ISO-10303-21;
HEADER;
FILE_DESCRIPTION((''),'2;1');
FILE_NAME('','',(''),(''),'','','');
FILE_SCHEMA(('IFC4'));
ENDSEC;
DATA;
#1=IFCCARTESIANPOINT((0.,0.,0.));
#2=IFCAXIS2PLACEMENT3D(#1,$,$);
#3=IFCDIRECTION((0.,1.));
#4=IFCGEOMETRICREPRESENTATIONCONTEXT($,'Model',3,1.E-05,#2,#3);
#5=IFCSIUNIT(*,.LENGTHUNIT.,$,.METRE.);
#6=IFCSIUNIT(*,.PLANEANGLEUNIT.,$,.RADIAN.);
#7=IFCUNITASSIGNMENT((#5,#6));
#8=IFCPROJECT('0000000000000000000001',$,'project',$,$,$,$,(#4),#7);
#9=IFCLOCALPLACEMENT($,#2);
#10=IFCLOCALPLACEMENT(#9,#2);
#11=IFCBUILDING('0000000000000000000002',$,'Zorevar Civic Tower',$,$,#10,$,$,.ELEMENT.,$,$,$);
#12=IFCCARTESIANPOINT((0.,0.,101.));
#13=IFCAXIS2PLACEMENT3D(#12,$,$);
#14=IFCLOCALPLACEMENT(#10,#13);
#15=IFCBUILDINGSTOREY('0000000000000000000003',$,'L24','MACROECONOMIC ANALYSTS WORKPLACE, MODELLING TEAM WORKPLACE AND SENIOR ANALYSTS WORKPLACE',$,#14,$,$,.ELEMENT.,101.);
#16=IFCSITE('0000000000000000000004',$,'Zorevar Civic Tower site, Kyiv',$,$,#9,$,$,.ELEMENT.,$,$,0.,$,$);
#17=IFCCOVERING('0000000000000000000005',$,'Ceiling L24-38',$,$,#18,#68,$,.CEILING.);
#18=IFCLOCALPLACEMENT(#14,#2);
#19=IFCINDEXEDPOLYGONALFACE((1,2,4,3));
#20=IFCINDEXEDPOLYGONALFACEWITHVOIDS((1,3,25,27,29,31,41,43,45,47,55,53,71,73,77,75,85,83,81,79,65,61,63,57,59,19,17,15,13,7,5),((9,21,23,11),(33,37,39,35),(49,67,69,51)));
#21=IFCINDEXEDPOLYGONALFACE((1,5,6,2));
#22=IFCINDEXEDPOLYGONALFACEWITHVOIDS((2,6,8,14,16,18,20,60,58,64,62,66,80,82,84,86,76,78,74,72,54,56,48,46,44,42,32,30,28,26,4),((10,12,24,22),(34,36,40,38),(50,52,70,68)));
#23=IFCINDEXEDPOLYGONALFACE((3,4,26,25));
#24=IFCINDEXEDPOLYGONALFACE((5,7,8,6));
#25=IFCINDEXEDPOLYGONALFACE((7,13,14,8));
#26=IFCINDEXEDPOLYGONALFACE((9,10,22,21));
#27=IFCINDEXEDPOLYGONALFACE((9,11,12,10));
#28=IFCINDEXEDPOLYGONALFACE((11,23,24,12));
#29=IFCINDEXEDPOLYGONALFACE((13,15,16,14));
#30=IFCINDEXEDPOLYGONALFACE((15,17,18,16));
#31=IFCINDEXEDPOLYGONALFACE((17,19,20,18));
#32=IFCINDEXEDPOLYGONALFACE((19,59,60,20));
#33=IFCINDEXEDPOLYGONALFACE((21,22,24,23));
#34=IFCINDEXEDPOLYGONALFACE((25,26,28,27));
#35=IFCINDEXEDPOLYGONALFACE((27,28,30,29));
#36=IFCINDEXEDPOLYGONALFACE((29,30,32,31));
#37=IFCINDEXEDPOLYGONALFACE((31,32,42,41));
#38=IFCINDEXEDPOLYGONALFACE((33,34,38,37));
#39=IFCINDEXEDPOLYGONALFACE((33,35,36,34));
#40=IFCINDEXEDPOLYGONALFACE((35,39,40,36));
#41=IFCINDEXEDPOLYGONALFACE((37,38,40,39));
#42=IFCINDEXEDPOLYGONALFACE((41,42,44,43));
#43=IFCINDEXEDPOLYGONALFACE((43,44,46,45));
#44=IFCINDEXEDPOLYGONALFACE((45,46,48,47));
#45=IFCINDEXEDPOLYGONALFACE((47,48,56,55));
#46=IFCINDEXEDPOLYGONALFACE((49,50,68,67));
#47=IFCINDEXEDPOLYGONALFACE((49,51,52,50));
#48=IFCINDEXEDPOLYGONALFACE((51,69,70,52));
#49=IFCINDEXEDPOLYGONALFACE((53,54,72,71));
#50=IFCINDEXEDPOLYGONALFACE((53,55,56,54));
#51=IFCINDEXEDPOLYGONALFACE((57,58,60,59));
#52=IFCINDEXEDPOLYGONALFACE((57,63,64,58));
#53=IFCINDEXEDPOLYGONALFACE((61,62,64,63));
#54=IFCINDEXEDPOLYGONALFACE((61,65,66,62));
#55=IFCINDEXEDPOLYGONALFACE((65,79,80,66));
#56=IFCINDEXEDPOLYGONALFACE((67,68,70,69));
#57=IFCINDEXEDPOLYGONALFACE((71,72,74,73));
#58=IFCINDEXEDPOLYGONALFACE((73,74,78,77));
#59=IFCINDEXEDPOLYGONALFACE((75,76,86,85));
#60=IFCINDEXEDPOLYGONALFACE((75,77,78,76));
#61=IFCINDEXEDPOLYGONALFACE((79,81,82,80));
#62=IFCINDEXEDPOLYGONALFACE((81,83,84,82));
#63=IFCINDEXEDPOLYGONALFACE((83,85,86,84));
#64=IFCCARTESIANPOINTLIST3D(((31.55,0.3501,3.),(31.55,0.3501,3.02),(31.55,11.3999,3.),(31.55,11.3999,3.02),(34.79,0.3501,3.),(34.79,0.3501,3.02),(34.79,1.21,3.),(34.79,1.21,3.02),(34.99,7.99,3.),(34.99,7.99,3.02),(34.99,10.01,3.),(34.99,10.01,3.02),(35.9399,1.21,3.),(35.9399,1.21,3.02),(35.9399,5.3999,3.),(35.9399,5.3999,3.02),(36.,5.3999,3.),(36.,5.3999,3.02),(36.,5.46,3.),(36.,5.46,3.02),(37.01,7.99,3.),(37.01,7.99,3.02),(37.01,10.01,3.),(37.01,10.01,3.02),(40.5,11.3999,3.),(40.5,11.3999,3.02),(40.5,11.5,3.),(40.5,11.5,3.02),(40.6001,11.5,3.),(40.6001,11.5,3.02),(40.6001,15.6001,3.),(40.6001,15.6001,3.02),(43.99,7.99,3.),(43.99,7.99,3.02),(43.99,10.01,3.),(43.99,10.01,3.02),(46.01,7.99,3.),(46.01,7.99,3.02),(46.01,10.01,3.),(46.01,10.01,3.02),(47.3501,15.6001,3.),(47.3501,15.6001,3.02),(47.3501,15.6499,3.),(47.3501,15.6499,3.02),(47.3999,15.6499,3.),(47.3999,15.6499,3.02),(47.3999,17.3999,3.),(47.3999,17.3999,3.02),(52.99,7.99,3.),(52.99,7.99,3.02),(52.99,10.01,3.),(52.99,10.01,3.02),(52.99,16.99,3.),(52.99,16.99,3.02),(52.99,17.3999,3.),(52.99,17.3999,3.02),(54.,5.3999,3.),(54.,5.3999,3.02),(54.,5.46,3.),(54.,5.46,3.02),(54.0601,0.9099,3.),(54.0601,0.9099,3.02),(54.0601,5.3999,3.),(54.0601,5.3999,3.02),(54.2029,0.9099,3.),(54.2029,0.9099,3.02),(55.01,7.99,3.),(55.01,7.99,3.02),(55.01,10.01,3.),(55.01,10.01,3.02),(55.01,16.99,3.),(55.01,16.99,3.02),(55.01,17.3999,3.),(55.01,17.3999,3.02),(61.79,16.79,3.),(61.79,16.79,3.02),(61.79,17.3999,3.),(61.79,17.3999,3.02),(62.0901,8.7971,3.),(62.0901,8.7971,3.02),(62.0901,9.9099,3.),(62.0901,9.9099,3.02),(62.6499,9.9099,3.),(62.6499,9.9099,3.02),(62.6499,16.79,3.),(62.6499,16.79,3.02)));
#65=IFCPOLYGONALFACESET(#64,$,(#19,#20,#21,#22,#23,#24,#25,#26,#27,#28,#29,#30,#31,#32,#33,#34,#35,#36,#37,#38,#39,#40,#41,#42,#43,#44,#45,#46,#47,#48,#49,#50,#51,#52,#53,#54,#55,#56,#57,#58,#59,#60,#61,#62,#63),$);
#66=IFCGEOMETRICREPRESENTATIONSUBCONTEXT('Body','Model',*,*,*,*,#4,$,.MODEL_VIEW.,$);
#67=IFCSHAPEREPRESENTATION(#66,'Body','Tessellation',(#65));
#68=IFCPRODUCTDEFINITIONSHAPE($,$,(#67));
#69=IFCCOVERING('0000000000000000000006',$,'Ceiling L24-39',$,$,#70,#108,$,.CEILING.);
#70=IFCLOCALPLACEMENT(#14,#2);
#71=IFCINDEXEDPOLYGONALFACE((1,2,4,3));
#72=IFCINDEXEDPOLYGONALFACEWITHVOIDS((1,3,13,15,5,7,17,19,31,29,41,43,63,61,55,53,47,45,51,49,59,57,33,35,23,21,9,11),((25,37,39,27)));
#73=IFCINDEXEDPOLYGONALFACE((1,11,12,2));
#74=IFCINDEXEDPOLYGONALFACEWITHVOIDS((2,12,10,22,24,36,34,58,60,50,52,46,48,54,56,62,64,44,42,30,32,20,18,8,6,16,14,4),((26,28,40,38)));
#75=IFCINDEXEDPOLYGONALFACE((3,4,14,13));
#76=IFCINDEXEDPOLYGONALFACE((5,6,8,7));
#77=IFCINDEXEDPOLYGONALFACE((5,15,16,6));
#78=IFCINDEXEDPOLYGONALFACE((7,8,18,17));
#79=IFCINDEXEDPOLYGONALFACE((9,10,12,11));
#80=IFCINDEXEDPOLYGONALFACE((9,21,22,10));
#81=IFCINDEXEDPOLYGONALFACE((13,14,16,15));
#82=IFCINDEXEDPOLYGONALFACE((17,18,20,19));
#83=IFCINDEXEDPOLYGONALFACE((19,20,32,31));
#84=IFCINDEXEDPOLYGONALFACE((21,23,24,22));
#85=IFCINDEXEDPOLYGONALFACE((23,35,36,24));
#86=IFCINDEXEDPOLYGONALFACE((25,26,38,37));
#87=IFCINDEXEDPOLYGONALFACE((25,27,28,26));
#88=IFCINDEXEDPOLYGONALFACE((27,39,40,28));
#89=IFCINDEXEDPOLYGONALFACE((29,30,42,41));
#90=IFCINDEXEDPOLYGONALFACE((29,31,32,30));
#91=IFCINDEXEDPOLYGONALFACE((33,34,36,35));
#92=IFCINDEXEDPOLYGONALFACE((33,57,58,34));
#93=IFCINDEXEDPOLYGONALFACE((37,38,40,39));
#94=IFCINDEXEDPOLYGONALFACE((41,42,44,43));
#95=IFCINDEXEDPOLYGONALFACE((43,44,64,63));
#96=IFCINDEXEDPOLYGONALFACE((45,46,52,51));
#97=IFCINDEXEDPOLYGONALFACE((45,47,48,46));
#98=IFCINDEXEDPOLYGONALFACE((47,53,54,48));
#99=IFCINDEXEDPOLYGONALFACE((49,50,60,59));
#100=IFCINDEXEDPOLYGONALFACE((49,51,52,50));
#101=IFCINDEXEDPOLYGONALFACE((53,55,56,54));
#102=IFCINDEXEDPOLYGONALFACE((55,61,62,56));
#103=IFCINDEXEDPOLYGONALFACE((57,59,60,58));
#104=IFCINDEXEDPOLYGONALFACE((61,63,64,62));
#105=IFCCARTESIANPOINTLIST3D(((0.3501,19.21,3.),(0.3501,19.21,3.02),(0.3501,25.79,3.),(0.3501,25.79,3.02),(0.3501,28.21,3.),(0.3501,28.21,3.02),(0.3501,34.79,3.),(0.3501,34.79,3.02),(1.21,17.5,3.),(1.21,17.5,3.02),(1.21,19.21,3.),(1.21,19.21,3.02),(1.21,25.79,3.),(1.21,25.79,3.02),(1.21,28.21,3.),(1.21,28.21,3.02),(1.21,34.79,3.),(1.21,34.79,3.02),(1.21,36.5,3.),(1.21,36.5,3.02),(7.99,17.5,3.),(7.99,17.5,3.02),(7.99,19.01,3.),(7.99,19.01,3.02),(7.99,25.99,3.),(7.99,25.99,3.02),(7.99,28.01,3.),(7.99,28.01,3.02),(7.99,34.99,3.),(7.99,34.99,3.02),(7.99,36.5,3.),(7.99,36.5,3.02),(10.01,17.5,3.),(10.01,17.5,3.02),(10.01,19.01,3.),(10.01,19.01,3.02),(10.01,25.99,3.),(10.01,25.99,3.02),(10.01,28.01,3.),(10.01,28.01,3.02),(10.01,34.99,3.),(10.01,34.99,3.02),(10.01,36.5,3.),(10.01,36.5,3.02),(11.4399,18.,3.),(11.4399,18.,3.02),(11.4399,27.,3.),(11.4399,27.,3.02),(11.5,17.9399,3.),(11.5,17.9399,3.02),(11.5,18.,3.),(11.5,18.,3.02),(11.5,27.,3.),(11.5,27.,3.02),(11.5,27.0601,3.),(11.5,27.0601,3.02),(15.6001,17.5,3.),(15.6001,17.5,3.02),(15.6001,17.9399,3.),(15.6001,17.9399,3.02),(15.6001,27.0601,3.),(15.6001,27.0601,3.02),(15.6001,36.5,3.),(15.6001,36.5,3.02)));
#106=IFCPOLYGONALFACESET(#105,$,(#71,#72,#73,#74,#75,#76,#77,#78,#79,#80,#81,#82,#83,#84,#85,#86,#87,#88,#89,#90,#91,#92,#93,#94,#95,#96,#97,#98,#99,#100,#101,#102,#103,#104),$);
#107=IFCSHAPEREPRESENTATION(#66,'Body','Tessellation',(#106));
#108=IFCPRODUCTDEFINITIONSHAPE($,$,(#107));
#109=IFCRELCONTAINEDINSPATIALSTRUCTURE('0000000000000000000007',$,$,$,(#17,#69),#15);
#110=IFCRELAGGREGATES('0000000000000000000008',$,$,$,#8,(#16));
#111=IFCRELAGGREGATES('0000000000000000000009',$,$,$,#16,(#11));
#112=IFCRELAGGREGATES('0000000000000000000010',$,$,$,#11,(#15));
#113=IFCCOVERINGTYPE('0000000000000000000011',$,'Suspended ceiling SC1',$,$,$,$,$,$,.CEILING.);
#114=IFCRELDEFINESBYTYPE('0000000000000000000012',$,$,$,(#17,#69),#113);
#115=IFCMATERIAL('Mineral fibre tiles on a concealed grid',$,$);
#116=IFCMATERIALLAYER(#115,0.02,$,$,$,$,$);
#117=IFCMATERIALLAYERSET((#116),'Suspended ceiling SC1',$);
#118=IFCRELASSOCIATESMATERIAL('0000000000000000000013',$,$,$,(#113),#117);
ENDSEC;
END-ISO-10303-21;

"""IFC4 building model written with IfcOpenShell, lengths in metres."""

from ifc_helpers import new_model, si_unit, direction, frame, origin, place, context, subcontext, project, spatial, polyline, outline, extrude, material, layer, layer_set, type_object, element, save


model = new_model("IFC4")

# Units and contexts
model_context = context("Model", 3, precision=1e-05, world=origin(), true_north=direction((0.0, 1.0)))
body_context = subcontext(model_context, "Body", "Model", "MODEL_VIEW")
ifc_project = project(units=[si_unit("LENGTHUNIT", "METRE"), si_unit("PLANEANGLEUNIT", "RADIAN")], contexts=[model_context])

# Site, building, storey
site_placement = place(None, origin())
site = spatial("IfcSite", under=ifc_project, at=site_placement, Name="Zorevar Civic Tower site, Kyiv", CompositionType="ELEMENT", RefElevation=0.0)
building_placement = place(site_placement, origin())
building = spatial("IfcBuilding", under=site, at=building_placement, Name="Zorevar Civic Tower", CompositionType="ELEMENT")
storey_placement = place(building_placement, frame((0.0, 0.0, 101.0)))
storey = spatial("IfcBuildingStorey", under=building, at=storey_placement, Name="L24", Description="MACROECONOMIC ANALYSTS WORKPLACE, MODELLING TEAM WORKPLACE AND SENIOR ANALYSTS WORKPLACE", CompositionType="ELEMENT", Elevation=101.0)

# Coverings
ifc_material_1 = material(Name="Mineral fibre tiles on a concealed grid")
ifc_layer_1 = layer(ifc_material_1, 0.02)
ifc_layer_set_1 = layer_set([ifc_layer_1], Name="Suspended ceiling SC1")
covering_type_1 = type_object("IfcCoveringType", Name="Suspended ceiling SC1", PredefinedType="CEILING", material=ifc_layer_set_1)
covering_1_placement = place(storey_placement, frame((0.0, 0.0, 3.0)))
element("IfcCovering", 1, at=covering_1_placement, inside=storey, type_object=covering_type_1, Name="Ceiling L24-38", PredefinedType="CEILING", context=body_context, shape_type="SweptSolid", body=[
    extrude(outline(polyline([(62.0901, 8.7971), (54.2029, 0.9099), (54.0601, 0.9099), (54.0601, 5.3999), (54.0, 5.3999), (54.0, 5.46), (36.0, 5.46), (36.0, 5.3999), (35.9399, 5.3999), (35.9399, 1.21), (34.79, 1.21), (34.79, 0.3501), (31.55, 0.3501), (31.55, 11.3999), (40.5, 11.3999), (40.5, 11.5), (40.6001, 11.5), (40.6001, 15.6001), (47.3501, 15.6001), (47.3501, 15.6499), (47.3999, 15.6499), (47.3999, 17.3999), (52.99, 17.3999), (52.99, 16.99), (55.01, 16.99), (55.01, 17.3999), (61.79, 17.3999), (61.79, 16.79), (62.6499, 16.79), (62.6499, 9.9099), (62.0901, 9.9099), (62.0901, 8.7971)]), holes=[polyline([(37.01, 7.99), (37.01, 10.01), (34.99, 10.01), (34.99, 7.99), (37.01, 7.99)]), polyline([(43.99, 7.99), (46.01, 7.99), (46.01, 10.01), (43.99, 10.01), (43.99, 7.99)]), polyline([(55.01, 10.01), (52.99, 10.01), (52.99, 7.99), (55.01, 7.99), (55.01, 10.01)])]), origin(), (0.0, 0.0, 1.0), 0.02),
])
covering_2_placement = place(storey_placement, frame((0.0, 0.0, 3.0)))
element("IfcCovering", 2, at=covering_2_placement, inside=storey, type_object=covering_type_1, Name="Ceiling L24-39", PredefinedType="CEILING", context=body_context, shape_type="SweptSolid", body=[
    extrude(outline(polyline([(10.01, 19.01), (7.99, 19.01), (7.99, 17.5), (1.21, 17.5), (1.21, 19.21), (0.3501, 19.21), (0.3501, 25.79), (1.21, 25.79), (1.21, 28.21), (0.3501, 28.21), (0.3501, 34.79), (1.21, 34.79), (1.21, 36.5), (7.99, 36.5), (7.99, 34.99), (10.01, 34.99), (10.01, 36.5), (15.6001, 36.5), (15.6001, 27.0601), (11.5, 27.0601), (11.5, 27.0), (11.4399, 27.0), (11.4399, 18.0), (11.5, 18.0), (11.5, 17.9399), (15.6001, 17.9399), (15.6001, 17.5), (10.01, 17.5), (10.01, 19.01)]), holes=[polyline([(7.99, 28.01), (7.99, 25.99), (10.01, 25.99), (10.01, 28.01), (7.99, 28.01)])]), origin(), (0.0, 0.0, 1.0), 0.02),
])

save(model, "model.ifc")
